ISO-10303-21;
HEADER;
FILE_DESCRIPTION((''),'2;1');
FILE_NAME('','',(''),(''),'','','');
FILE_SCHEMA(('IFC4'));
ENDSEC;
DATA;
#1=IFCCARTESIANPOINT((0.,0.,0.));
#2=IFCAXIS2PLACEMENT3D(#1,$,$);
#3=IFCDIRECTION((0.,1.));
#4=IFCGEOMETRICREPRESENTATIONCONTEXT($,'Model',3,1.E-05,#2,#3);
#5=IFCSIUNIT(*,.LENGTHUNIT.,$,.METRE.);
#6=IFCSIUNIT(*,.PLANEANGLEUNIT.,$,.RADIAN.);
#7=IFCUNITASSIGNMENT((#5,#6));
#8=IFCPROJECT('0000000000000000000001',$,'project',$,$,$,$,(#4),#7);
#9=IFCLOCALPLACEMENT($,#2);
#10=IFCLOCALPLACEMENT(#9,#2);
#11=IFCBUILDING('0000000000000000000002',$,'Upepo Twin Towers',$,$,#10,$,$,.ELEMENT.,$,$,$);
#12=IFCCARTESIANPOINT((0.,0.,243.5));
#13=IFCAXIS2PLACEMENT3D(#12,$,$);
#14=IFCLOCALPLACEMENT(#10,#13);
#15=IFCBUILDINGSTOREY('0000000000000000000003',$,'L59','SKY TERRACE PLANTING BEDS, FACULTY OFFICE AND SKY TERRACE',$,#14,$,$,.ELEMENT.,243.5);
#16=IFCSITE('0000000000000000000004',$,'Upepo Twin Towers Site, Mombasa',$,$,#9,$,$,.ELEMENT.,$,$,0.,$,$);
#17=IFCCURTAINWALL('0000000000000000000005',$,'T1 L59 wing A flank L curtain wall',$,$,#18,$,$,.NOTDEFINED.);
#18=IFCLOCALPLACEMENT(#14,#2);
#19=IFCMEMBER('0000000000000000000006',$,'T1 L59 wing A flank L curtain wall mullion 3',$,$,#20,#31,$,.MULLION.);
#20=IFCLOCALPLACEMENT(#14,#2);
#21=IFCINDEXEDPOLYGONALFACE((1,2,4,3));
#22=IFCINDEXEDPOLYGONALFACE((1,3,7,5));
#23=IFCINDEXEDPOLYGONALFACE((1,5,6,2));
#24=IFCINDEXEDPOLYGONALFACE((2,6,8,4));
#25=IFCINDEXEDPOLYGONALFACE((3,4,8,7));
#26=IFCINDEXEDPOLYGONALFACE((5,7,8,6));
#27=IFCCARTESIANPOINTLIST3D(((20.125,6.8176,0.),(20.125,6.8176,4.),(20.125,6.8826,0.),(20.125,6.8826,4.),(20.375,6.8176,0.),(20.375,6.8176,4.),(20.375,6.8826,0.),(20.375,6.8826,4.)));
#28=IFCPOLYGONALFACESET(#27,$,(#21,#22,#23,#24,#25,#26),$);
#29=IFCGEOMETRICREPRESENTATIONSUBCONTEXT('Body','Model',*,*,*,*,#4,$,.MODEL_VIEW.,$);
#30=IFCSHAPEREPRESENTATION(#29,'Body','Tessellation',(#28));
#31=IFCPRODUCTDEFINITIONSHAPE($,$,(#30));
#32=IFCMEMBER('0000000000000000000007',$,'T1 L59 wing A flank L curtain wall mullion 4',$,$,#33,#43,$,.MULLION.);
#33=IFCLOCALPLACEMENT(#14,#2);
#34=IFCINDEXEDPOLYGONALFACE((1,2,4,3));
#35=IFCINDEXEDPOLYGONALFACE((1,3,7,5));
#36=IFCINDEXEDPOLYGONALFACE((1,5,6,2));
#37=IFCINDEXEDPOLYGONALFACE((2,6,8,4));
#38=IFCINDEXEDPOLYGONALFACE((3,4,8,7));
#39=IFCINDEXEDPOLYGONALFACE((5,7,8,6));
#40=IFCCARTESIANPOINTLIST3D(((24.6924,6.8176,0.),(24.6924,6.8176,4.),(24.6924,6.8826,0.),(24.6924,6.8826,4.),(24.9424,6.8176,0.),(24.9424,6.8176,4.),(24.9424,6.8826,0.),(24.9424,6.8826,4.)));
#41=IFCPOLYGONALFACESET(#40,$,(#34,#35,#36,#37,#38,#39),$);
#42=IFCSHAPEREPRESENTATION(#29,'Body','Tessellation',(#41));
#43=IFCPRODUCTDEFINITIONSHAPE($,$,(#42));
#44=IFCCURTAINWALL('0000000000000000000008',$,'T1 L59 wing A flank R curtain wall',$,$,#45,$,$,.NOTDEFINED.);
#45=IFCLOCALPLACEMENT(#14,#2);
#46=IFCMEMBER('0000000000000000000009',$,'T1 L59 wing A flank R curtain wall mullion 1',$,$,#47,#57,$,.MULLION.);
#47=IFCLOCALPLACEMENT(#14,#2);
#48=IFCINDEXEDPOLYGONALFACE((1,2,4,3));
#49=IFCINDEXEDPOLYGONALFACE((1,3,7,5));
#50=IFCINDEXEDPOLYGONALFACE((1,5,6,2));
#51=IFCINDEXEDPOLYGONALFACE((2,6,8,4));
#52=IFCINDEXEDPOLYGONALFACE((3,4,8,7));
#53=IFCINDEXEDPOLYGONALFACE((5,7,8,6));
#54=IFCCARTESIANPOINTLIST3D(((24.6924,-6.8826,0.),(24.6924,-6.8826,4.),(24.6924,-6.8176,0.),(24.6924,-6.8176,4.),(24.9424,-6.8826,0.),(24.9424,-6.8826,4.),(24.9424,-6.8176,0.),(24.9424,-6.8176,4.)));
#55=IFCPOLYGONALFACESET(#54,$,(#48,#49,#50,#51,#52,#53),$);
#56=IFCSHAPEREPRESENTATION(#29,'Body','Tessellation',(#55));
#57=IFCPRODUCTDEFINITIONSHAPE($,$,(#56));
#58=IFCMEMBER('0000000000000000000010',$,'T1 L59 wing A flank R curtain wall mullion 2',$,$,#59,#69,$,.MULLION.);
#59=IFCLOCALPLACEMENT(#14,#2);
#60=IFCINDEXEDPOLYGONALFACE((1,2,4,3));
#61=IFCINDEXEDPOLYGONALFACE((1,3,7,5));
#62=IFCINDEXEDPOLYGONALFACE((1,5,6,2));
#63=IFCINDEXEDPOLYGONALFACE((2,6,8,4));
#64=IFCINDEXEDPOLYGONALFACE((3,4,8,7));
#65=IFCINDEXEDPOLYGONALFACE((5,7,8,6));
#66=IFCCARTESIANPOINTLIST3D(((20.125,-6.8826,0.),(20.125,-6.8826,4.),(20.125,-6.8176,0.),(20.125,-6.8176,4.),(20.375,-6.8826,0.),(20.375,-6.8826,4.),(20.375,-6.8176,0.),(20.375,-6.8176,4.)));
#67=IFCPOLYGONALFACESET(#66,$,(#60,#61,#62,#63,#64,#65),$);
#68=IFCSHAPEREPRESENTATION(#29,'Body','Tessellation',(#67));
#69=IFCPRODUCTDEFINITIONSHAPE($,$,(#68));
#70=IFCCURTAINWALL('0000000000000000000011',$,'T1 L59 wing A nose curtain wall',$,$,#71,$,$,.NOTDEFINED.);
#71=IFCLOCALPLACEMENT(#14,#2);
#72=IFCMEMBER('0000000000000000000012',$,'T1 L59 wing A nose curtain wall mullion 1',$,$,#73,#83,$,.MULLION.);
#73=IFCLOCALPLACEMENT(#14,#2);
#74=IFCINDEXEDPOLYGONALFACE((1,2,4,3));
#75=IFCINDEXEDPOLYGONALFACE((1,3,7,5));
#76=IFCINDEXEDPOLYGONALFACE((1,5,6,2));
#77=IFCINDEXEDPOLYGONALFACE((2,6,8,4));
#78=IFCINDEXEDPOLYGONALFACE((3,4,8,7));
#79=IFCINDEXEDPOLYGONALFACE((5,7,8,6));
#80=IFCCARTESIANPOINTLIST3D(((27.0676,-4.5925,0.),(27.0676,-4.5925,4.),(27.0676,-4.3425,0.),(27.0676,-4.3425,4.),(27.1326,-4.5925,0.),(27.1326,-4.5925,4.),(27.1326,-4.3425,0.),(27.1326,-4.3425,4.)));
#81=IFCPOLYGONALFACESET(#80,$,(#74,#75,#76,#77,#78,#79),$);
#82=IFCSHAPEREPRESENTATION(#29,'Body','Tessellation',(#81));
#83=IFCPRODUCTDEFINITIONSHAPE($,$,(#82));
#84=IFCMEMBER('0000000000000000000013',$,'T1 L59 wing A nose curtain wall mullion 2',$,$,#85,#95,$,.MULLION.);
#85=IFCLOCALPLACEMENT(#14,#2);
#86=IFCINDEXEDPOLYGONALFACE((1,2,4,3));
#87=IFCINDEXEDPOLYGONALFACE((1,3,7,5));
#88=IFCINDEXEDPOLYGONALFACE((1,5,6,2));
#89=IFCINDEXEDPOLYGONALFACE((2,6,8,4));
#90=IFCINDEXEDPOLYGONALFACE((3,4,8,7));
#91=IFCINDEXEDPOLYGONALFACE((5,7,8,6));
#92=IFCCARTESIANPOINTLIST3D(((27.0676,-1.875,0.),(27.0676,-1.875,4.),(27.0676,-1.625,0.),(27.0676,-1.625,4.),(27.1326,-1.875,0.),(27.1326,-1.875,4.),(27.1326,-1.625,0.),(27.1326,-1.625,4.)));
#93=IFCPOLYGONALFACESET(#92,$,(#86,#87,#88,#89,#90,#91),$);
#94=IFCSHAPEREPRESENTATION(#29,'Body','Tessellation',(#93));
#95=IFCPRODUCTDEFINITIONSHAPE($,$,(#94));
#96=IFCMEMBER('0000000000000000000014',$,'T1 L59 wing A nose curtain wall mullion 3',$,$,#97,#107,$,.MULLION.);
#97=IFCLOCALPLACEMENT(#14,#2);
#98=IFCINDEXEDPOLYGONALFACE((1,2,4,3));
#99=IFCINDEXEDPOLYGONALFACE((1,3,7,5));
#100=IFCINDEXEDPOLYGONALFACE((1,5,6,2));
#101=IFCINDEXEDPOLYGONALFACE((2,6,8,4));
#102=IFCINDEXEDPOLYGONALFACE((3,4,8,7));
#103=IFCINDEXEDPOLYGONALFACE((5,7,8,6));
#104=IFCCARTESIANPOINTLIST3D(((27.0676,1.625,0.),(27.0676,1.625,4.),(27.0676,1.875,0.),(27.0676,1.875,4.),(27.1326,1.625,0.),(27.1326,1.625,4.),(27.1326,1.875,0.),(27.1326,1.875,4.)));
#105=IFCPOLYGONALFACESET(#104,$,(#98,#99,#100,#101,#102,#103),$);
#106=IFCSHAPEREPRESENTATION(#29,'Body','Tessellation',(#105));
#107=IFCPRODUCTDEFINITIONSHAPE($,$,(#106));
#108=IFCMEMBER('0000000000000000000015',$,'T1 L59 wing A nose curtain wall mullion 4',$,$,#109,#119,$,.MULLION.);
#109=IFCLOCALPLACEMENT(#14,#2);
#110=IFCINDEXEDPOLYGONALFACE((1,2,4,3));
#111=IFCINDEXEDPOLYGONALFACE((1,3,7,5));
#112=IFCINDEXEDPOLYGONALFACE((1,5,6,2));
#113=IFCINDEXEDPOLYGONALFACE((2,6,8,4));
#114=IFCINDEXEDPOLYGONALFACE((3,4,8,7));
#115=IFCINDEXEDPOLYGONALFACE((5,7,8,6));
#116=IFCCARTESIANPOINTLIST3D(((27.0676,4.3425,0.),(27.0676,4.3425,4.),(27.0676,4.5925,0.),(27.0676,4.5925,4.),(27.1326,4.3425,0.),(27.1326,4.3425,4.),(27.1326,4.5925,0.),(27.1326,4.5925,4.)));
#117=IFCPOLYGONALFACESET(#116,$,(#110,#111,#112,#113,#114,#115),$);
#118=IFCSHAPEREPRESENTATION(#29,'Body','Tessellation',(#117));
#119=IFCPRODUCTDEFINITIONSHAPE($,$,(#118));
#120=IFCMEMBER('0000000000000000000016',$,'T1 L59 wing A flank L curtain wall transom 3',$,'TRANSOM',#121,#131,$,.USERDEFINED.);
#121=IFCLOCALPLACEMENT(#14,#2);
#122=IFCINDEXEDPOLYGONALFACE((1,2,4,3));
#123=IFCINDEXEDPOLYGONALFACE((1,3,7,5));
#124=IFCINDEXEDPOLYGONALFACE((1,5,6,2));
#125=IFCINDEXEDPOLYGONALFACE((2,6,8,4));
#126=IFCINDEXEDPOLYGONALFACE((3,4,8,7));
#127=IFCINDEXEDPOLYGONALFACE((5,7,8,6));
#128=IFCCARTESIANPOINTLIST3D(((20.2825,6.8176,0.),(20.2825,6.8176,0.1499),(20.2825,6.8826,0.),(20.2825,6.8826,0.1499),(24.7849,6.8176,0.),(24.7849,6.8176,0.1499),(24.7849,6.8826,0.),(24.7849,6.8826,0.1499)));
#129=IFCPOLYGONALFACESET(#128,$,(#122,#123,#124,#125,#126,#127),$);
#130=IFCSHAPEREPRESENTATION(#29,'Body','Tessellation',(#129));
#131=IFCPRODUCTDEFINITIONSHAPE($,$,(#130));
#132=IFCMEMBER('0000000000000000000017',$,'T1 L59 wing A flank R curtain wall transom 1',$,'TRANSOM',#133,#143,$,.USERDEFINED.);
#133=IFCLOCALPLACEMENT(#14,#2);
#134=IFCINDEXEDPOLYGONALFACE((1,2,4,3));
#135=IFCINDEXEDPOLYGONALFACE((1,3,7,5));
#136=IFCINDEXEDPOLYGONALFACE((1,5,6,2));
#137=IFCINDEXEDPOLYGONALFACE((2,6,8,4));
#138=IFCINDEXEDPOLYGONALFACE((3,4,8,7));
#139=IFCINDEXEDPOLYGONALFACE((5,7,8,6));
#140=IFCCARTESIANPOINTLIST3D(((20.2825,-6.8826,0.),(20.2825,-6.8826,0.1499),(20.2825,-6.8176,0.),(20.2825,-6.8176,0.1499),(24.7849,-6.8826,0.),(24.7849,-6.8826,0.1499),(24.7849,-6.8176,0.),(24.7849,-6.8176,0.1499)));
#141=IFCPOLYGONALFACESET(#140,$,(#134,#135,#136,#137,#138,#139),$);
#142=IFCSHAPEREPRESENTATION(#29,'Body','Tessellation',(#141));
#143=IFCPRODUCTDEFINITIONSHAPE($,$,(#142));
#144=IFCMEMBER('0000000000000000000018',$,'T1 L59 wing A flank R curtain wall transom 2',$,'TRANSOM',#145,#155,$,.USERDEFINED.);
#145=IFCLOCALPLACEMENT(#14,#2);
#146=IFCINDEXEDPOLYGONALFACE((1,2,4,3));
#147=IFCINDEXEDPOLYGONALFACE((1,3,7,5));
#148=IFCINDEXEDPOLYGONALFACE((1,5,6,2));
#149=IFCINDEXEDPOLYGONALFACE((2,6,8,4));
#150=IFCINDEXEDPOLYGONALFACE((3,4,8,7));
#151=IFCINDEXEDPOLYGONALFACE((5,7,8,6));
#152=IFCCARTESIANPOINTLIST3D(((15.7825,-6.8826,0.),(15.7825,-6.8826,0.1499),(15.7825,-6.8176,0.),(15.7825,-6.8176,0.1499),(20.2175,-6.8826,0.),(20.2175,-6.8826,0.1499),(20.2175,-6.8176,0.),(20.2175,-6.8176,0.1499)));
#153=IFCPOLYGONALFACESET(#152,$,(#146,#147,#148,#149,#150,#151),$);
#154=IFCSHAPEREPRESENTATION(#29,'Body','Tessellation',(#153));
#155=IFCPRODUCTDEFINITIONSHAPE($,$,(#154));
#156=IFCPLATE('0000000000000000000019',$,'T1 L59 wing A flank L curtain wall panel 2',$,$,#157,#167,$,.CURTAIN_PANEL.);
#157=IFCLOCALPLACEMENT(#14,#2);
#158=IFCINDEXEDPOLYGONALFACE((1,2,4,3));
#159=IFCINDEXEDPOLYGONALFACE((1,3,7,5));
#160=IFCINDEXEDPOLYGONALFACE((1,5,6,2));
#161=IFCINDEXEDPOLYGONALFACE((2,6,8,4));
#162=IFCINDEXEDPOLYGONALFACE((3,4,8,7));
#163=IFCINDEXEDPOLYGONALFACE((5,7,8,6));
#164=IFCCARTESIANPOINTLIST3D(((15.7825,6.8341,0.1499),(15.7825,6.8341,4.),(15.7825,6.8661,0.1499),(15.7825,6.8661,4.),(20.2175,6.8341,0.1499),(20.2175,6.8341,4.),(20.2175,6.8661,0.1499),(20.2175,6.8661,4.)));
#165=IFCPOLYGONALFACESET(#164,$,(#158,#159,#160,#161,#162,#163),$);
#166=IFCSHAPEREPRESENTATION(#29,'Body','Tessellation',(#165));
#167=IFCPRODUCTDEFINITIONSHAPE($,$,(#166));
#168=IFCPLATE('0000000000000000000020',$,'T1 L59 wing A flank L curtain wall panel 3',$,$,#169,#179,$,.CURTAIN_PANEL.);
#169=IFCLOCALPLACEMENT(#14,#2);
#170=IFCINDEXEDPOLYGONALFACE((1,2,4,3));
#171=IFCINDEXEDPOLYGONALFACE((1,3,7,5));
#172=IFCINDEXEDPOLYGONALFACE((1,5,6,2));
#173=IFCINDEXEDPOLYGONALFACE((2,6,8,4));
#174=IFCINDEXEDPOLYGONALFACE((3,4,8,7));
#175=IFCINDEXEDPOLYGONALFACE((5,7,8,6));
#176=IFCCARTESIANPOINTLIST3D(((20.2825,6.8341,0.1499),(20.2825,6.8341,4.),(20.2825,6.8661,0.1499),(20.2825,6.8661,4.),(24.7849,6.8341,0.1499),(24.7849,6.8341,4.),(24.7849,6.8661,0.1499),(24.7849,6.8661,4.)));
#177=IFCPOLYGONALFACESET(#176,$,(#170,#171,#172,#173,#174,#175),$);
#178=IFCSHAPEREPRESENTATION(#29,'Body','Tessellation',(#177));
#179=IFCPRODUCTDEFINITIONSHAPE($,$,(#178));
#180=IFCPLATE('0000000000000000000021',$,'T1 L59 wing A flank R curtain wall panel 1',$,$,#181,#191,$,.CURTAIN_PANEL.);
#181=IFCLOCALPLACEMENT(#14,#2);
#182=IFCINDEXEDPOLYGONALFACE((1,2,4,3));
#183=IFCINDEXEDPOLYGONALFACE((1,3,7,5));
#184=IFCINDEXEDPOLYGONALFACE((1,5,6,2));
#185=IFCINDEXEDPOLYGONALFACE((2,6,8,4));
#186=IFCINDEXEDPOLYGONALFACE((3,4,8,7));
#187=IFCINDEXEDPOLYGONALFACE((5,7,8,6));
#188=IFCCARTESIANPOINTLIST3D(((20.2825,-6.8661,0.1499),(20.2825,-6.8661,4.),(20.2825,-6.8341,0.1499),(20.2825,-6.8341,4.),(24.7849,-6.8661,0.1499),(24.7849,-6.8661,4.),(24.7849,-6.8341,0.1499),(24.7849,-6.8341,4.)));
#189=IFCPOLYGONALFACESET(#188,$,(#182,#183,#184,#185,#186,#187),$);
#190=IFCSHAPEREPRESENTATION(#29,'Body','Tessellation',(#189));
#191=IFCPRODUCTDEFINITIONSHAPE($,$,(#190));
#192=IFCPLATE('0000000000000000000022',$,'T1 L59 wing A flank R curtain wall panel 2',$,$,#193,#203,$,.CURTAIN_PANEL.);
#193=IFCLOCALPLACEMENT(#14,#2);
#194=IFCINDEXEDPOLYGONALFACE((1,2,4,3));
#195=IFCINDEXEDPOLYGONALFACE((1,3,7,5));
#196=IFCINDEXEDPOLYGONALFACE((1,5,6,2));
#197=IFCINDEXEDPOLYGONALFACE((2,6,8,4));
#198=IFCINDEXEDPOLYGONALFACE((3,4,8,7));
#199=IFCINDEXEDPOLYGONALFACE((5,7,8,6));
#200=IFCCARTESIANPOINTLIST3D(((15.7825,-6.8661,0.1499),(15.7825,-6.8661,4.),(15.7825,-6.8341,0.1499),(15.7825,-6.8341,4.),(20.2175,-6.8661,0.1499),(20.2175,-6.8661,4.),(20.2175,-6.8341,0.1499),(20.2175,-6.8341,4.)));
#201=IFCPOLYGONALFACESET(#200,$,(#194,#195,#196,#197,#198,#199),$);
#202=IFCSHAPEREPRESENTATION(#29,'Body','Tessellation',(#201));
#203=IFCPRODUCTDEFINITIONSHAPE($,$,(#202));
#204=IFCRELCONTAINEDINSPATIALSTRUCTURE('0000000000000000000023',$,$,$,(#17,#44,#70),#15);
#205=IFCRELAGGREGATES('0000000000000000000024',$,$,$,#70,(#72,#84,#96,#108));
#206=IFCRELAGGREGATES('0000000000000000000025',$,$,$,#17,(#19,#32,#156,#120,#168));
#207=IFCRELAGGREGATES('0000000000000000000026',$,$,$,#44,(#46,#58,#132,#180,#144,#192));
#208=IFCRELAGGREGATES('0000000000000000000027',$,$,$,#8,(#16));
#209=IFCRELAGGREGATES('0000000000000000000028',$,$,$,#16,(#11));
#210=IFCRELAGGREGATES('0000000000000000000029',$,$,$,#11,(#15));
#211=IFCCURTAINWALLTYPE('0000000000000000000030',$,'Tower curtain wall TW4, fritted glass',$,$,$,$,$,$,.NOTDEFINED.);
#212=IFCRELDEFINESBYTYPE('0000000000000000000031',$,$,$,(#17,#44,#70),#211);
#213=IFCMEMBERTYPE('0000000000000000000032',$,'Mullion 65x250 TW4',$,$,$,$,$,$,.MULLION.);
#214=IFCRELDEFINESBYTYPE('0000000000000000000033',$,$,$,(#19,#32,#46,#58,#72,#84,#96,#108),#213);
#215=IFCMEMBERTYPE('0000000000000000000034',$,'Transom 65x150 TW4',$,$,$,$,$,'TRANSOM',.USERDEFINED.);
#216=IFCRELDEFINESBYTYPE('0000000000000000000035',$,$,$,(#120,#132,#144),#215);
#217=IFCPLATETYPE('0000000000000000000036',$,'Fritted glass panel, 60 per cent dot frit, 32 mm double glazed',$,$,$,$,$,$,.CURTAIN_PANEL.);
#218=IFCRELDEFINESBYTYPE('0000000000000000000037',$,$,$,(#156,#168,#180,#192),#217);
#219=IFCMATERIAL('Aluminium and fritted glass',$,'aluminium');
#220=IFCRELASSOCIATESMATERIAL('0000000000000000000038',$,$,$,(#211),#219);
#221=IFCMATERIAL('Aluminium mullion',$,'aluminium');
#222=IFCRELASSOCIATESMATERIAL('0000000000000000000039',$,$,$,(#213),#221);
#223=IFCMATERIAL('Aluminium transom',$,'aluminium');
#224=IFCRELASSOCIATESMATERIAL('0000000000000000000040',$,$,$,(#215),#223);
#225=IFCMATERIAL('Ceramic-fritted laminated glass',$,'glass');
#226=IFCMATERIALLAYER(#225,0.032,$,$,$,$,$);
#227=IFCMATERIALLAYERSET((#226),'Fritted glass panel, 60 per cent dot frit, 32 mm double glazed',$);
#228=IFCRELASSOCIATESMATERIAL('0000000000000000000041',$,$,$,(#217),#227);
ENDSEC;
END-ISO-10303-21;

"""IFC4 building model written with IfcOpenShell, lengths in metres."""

from ifc_helpers import new_model, si_unit, direction, frame, origin, origin_2d, place, context, subcontext, project, spatial, rectangle, extrude, material, layer, layer_set, material_profile, profile_set, type_object, element, aggregate, save


model = new_model("IFC4")

# Units and contexts
model_context = context("Model", 3, precision=1e-05, world=origin(), true_north=direction((0.0, 1.0)))
body_context = subcontext(model_context, "Body", "Model", "MODEL_VIEW")
ifc_project = project(units=[si_unit("LENGTHUNIT", "METRE"), si_unit("PLANEANGLEUNIT", "RADIAN")], contexts=[model_context])

# Site, building, storey
site_placement = place(None, origin())
site = spatial("IfcSite", under=ifc_project, at=site_placement, Name="Upepo Twin Towers Site, Mombasa", CompositionType="ELEMENT", RefElevation=0.0)
building_placement = place(site_placement, origin())
building = spatial("IfcBuilding", under=site, at=building_placement, Name="Upepo Twin Towers", CompositionType="ELEMENT")
storey_placement = place(building_placement, frame((0.0, 0.0, 243.5)))
storey = spatial("IfcBuildingStorey", under=building, at=storey_placement, Name="L59", Description="SKY TERRACE PLANTING BEDS, FACULTY OFFICE AND SKY TERRACE", CompositionType="ELEMENT", Elevation=243.5)

# Curtain walls, members
ifc_material_1 = material(Name="Aluminium and fritted glass", Category="aluminium")
curtain_wall_type = type_object("IfcCurtainWallType", Name="Tower curtain wall TW4, fritted glass", PredefinedType="NOTDEFINED", material=ifc_material_1)
curtain_wall_1_placement = place(storey_placement, origin())
curtain_wall_1 = element("IfcCurtainWall", 1, at=curtain_wall_1_placement, inside=storey, type_object=curtain_wall_type, Name="T1 L59 wing A flank L curtain wall", PredefinedType="NOTDEFINED")
ifc_material_2 = material(Name="Aluminium mullion", Category="aluminium")
ifc_material_profile_1 = material_profile(ifc_material_2, rectangle(XDim=0.0649, YDim=0.25, at=origin_2d()), Name="MULLION 65x250")
ifc_profile_set_1 = profile_set([ifc_material_profile_1], Name="Aluminium mullion")
member_type_1 = type_object("IfcMemberType", Name="Mullion 65x250 TW4", PredefinedType="MULLION", material=ifc_profile_set_1)
member_1_placement = place(storey_placement, frame((20.25, 6.8501, 0.0), z_axis=(0.0, 0.0, 1.0), x_axis=(0.0, 1.0, 0.0)))
member_1 = element("IfcMember", 2, at=member_1_placement, type_object=member_type_1, Name="T1 L59 wing A flank L curtain wall mullion 3", PredefinedType="MULLION", context=body_context, shape_type="SweptSolid", body=[
    extrude(rectangle(XDim=0.0649, YDim=0.25, at=origin_2d()), origin(), (0.0, 0.0, 1.0), 4.0),
])
member_2_placement = place(storey_placement, frame((24.8174, 6.8501, 0.0), z_axis=(0.0, 0.0, 1.0), x_axis=(0.0, 1.0, 0.0)))
member_2 = element("IfcMember", 3, at=member_2_placement, type_object=member_type_1, Name="T1 L59 wing A flank L curtain wall mullion 4", PredefinedType="MULLION", context=body_context, shape_type="SweptSolid", body=[
    extrude(rectangle(XDim=0.0649, YDim=0.25, at=origin_2d()), origin(), (0.0, 0.0, 1.0), 4.0),
])
curtain_wall_2_placement = place(storey_placement, origin())
curtain_wall_2 = element("IfcCurtainWall", 4, at=curtain_wall_2_placement, inside=storey, type_object=curtain_wall_type, Name="T1 L59 wing A flank R curtain wall", PredefinedType="NOTDEFINED")
member_3_placement = place(storey_placement, frame((24.8174, -6.8501, 0.0), z_axis=(0.0, 0.0, 1.0), x_axis=(0.0, -1.0, 0.0)))
member_3 = element("IfcMember", 5, at=member_3_placement, type_object=member_type_1, Name="T1 L59 wing A flank R curtain wall mullion 1", PredefinedType="MULLION", context=body_context, shape_type="SweptSolid", body=[
    extrude(rectangle(XDim=0.0649, YDim=0.25, at=origin_2d()), origin(), (0.0, 0.0, 1.0), 4.0),
])
member_4_placement = place(storey_placement, frame((20.25, -6.8501, 0.0), z_axis=(0.0, 0.0, 1.0), x_axis=(0.0, -1.0, 0.0)))
member_4 = element("IfcMember", 6, at=member_4_placement, type_object=member_type_1, Name="T1 L59 wing A flank R curtain wall mullion 2", PredefinedType="MULLION", context=body_context, shape_type="SweptSolid", body=[
    extrude(rectangle(XDim=0.0649, YDim=0.25, at=origin_2d()), origin(), (0.0, 0.0, 1.0), 4.0),
])
curtain_wall_3_placement = place(storey_placement, origin())
curtain_wall_3 = element("IfcCurtainWall", 7, at=curtain_wall_3_placement, inside=storey, type_object=curtain_wall_type, Name="T1 L59 wing A nose curtain wall", PredefinedType="NOTDEFINED")
member_5_placement = place(storey_placement, frame((27.1001, -4.4675, 0.0), z_axis=(0.0, 0.0, 1.0), x_axis=(-1.0, 0.0, 0.0)))
member_5 = element("IfcMember", 8, at=member_5_placement, type_object=member_type_1, Name="T1 L59 wing A nose curtain wall mullion 1", PredefinedType="MULLION", context=body_context, shape_type="SweptSolid", body=[
    extrude(rectangle(XDim=0.0649, YDim=0.25, at=origin_2d()), origin(), (0.0, 0.0, 1.0), 4.0),
])
member_6_placement = place(storey_placement, frame((27.1001, -1.75, 0.0), z_axis=(0.0, 0.0, 1.0), x_axis=(-1.0, 0.0, 0.0)))
member_6 = element("IfcMember", 9, at=member_6_placement, type_object=member_type_1, Name="T1 L59 wing A nose curtain wall mullion 2", PredefinedType="MULLION", context=body_context, shape_type="SweptSolid", body=[
    extrude(rectangle(XDim=0.0649, YDim=0.25, at=origin_2d()), origin(), (0.0, 0.0, 1.0), 4.0),
])
member_7_placement = place(storey_placement, frame((27.1001, 1.75, 0.0), z_axis=(0.0, 0.0, 1.0), x_axis=(-1.0, 0.0, 0.0)))
member_7 = element("IfcMember", 10, at=member_7_placement, type_object=member_type_1, Name="T1 L59 wing A nose curtain wall mullion 3", PredefinedType="MULLION", context=body_context, shape_type="SweptSolid", body=[
    extrude(rectangle(XDim=0.0649, YDim=0.25, at=origin_2d()), origin(), (0.0, 0.0, 1.0), 4.0),
])
member_8_placement = place(storey_placement, frame((27.1001, 4.4675, 0.0), z_axis=(0.0, 0.0, 1.0), x_axis=(-1.0, 0.0, 0.0)))
member_8 = element("IfcMember", 11, at=member_8_placement, type_object=member_type_1, Name="T1 L59 wing A nose curtain wall mullion 4", PredefinedType="MULLION", context=body_context, shape_type="SweptSolid", body=[
    extrude(rectangle(XDim=0.0649, YDim=0.25, at=origin_2d()), origin(), (0.0, 0.0, 1.0), 4.0),
])
aggregate(curtain_wall_3, [member_5, member_6, member_7, member_8])

# Members
ifc_material_3 = material(Name="Aluminium transom", Category="aluminium")
ifc_material_profile_2 = material_profile(ifc_material_3, rectangle(XDim=0.0649, YDim=0.1499, at=origin_2d()), Name="TRANSOM 65x150")
ifc_profile_set_2 = profile_set([ifc_material_profile_2], Name="Aluminium transom")
member_type_2 = type_object("IfcMemberType", Name="Transom 65x150 TW4", ElementType="TRANSOM", PredefinedType="USERDEFINED", material=ifc_profile_set_2)
member_9_placement = place(storey_placement, frame((20.2825, 6.8501, 0.075), z_axis=(1.0, 0.0, 0.0), x_axis=(0.0, 1.0, 0.0)))
member_9 = element("IfcMember", 12, at=member_9_placement, type_object=member_type_2, Name="T1 L59 wing A flank L curtain wall transom 3", ObjectType="TRANSOM", PredefinedType="USERDEFINED", context=body_context, shape_type="SweptSolid", body=[
    extrude(rectangle(XDim=0.0649, YDim=0.1499, at=origin_2d()), origin(), (0.0, 0.0, 1.0), 4.5024),
])
member_10_placement = place(storey_placement, frame((24.7849, -6.8501, 0.075), z_axis=(-1.0, 0.0, 0.0), x_axis=(0.0, -1.0, 0.0)))
member_10 = element("IfcMember", 13, at=member_10_placement, type_object=member_type_2, Name="T1 L59 wing A flank R curtain wall transom 1", ObjectType="TRANSOM", PredefinedType="USERDEFINED", context=body_context, shape_type="SweptSolid", body=[
    extrude(rectangle(XDim=0.0649, YDim=0.1499, at=origin_2d()), origin(), (0.0, 0.0, 1.0), 4.5024),
])
member_11_placement = place(storey_placement, frame((20.2175, -6.8501, 0.075), z_axis=(-1.0, 0.0, 0.0), x_axis=(0.0, -1.0, 0.0)))
member_11 = element("IfcMember", 14, at=member_11_placement, type_object=member_type_2, Name="T1 L59 wing A flank R curtain wall transom 2", ObjectType="TRANSOM", PredefinedType="USERDEFINED", context=body_context, shape_type="SweptSolid", body=[
    extrude(rectangle(XDim=0.0649, YDim=0.1499, at=origin_2d()), origin(), (0.0, 0.0, 1.0), 4.4351),
])

# Plates
ifc_material_4 = material(Name="Ceramic-fritted laminated glass", Category="glass")
ifc_layer_1 = layer(ifc_material_4, 0.032)
ifc_layer_set_1 = layer_set([ifc_layer_1], Name="Fritted glass panel, 60 per cent dot frit, 32 mm double glazed")
plate_type = type_object("IfcPlateType", Name="Fritted glass panel, 60 per cent dot frit, 32 mm double glazed", PredefinedType="CURTAIN_PANEL", material=ifc_layer_set_1)
plate_1_placement = place(storey_placement, frame((18.0, 6.8501, 0.1499), z_axis=(0.0, 0.0, 1.0), x_axis=(1.0, 0.0, 0.0)))
plate_1 = element("IfcPlate", 15, at=plate_1_placement, type_object=plate_type, Name="T1 L59 wing A flank L curtain wall panel 2", PredefinedType="CURTAIN_PANEL", context=body_context, shape_type="SweptSolid", body=[
    extrude(rectangle(XDim=4.4351, YDim=0.032, at=origin_2d()), origin(), (0.0, 0.0, 1.0), 3.8501),
])
plate_2_placement = place(storey_placement, frame((22.5337, 6.8501, 0.1499), z_axis=(0.0, 0.0, 1.0), x_axis=(1.0, 0.0, 0.0)))
plate_2 = element("IfcPlate", 16, at=plate_2_placement, type_object=plate_type, Name="T1 L59 wing A flank L curtain wall panel 3", PredefinedType="CURTAIN_PANEL", context=body_context, shape_type="SweptSolid", body=[
    extrude(rectangle(XDim=4.5024, YDim=0.032, at=origin_2d()), origin(), (0.0, 0.0, 1.0), 3.8501),
])
aggregate(curtain_wall_1, [member_1, member_2, plate_1, member_9, plate_2])
plate_3_placement = place(storey_placement, frame((22.5337, -6.8501, 0.1499), z_axis=(0.0, 0.0, 1.0), x_axis=(-1.0, 0.0, 0.0)))
plate_3 = element("IfcPlate", 17, at=plate_3_placement, type_object=plate_type, Name="T1 L59 wing A flank R curtain wall panel 1", PredefinedType="CURTAIN_PANEL", context=body_context, shape_type="SweptSolid", body=[
    extrude(rectangle(XDim=4.5024, YDim=0.032, at=origin_2d()), origin(), (0.0, 0.0, 1.0), 3.8501),
])
plate_4_placement = place(storey_placement, frame((18.0, -6.8501, 0.1499), z_axis=(0.0, 0.0, 1.0), x_axis=(-1.0, 0.0, 0.0)))
plate_4 = element("IfcPlate", 18, at=plate_4_placement, type_object=plate_type, Name="T1 L59 wing A flank R curtain wall panel 2", PredefinedType="CURTAIN_PANEL", context=body_context, shape_type="SweptSolid", body=[
    extrude(rectangle(XDim=4.4351, YDim=0.032, at=origin_2d()), origin(), (0.0, 0.0, 1.0), 3.8501),
])
aggregate(curtain_wall_2, [member_3, member_4, member_10, plate_3, member_11, plate_4])

save(model, "model.ifc")
